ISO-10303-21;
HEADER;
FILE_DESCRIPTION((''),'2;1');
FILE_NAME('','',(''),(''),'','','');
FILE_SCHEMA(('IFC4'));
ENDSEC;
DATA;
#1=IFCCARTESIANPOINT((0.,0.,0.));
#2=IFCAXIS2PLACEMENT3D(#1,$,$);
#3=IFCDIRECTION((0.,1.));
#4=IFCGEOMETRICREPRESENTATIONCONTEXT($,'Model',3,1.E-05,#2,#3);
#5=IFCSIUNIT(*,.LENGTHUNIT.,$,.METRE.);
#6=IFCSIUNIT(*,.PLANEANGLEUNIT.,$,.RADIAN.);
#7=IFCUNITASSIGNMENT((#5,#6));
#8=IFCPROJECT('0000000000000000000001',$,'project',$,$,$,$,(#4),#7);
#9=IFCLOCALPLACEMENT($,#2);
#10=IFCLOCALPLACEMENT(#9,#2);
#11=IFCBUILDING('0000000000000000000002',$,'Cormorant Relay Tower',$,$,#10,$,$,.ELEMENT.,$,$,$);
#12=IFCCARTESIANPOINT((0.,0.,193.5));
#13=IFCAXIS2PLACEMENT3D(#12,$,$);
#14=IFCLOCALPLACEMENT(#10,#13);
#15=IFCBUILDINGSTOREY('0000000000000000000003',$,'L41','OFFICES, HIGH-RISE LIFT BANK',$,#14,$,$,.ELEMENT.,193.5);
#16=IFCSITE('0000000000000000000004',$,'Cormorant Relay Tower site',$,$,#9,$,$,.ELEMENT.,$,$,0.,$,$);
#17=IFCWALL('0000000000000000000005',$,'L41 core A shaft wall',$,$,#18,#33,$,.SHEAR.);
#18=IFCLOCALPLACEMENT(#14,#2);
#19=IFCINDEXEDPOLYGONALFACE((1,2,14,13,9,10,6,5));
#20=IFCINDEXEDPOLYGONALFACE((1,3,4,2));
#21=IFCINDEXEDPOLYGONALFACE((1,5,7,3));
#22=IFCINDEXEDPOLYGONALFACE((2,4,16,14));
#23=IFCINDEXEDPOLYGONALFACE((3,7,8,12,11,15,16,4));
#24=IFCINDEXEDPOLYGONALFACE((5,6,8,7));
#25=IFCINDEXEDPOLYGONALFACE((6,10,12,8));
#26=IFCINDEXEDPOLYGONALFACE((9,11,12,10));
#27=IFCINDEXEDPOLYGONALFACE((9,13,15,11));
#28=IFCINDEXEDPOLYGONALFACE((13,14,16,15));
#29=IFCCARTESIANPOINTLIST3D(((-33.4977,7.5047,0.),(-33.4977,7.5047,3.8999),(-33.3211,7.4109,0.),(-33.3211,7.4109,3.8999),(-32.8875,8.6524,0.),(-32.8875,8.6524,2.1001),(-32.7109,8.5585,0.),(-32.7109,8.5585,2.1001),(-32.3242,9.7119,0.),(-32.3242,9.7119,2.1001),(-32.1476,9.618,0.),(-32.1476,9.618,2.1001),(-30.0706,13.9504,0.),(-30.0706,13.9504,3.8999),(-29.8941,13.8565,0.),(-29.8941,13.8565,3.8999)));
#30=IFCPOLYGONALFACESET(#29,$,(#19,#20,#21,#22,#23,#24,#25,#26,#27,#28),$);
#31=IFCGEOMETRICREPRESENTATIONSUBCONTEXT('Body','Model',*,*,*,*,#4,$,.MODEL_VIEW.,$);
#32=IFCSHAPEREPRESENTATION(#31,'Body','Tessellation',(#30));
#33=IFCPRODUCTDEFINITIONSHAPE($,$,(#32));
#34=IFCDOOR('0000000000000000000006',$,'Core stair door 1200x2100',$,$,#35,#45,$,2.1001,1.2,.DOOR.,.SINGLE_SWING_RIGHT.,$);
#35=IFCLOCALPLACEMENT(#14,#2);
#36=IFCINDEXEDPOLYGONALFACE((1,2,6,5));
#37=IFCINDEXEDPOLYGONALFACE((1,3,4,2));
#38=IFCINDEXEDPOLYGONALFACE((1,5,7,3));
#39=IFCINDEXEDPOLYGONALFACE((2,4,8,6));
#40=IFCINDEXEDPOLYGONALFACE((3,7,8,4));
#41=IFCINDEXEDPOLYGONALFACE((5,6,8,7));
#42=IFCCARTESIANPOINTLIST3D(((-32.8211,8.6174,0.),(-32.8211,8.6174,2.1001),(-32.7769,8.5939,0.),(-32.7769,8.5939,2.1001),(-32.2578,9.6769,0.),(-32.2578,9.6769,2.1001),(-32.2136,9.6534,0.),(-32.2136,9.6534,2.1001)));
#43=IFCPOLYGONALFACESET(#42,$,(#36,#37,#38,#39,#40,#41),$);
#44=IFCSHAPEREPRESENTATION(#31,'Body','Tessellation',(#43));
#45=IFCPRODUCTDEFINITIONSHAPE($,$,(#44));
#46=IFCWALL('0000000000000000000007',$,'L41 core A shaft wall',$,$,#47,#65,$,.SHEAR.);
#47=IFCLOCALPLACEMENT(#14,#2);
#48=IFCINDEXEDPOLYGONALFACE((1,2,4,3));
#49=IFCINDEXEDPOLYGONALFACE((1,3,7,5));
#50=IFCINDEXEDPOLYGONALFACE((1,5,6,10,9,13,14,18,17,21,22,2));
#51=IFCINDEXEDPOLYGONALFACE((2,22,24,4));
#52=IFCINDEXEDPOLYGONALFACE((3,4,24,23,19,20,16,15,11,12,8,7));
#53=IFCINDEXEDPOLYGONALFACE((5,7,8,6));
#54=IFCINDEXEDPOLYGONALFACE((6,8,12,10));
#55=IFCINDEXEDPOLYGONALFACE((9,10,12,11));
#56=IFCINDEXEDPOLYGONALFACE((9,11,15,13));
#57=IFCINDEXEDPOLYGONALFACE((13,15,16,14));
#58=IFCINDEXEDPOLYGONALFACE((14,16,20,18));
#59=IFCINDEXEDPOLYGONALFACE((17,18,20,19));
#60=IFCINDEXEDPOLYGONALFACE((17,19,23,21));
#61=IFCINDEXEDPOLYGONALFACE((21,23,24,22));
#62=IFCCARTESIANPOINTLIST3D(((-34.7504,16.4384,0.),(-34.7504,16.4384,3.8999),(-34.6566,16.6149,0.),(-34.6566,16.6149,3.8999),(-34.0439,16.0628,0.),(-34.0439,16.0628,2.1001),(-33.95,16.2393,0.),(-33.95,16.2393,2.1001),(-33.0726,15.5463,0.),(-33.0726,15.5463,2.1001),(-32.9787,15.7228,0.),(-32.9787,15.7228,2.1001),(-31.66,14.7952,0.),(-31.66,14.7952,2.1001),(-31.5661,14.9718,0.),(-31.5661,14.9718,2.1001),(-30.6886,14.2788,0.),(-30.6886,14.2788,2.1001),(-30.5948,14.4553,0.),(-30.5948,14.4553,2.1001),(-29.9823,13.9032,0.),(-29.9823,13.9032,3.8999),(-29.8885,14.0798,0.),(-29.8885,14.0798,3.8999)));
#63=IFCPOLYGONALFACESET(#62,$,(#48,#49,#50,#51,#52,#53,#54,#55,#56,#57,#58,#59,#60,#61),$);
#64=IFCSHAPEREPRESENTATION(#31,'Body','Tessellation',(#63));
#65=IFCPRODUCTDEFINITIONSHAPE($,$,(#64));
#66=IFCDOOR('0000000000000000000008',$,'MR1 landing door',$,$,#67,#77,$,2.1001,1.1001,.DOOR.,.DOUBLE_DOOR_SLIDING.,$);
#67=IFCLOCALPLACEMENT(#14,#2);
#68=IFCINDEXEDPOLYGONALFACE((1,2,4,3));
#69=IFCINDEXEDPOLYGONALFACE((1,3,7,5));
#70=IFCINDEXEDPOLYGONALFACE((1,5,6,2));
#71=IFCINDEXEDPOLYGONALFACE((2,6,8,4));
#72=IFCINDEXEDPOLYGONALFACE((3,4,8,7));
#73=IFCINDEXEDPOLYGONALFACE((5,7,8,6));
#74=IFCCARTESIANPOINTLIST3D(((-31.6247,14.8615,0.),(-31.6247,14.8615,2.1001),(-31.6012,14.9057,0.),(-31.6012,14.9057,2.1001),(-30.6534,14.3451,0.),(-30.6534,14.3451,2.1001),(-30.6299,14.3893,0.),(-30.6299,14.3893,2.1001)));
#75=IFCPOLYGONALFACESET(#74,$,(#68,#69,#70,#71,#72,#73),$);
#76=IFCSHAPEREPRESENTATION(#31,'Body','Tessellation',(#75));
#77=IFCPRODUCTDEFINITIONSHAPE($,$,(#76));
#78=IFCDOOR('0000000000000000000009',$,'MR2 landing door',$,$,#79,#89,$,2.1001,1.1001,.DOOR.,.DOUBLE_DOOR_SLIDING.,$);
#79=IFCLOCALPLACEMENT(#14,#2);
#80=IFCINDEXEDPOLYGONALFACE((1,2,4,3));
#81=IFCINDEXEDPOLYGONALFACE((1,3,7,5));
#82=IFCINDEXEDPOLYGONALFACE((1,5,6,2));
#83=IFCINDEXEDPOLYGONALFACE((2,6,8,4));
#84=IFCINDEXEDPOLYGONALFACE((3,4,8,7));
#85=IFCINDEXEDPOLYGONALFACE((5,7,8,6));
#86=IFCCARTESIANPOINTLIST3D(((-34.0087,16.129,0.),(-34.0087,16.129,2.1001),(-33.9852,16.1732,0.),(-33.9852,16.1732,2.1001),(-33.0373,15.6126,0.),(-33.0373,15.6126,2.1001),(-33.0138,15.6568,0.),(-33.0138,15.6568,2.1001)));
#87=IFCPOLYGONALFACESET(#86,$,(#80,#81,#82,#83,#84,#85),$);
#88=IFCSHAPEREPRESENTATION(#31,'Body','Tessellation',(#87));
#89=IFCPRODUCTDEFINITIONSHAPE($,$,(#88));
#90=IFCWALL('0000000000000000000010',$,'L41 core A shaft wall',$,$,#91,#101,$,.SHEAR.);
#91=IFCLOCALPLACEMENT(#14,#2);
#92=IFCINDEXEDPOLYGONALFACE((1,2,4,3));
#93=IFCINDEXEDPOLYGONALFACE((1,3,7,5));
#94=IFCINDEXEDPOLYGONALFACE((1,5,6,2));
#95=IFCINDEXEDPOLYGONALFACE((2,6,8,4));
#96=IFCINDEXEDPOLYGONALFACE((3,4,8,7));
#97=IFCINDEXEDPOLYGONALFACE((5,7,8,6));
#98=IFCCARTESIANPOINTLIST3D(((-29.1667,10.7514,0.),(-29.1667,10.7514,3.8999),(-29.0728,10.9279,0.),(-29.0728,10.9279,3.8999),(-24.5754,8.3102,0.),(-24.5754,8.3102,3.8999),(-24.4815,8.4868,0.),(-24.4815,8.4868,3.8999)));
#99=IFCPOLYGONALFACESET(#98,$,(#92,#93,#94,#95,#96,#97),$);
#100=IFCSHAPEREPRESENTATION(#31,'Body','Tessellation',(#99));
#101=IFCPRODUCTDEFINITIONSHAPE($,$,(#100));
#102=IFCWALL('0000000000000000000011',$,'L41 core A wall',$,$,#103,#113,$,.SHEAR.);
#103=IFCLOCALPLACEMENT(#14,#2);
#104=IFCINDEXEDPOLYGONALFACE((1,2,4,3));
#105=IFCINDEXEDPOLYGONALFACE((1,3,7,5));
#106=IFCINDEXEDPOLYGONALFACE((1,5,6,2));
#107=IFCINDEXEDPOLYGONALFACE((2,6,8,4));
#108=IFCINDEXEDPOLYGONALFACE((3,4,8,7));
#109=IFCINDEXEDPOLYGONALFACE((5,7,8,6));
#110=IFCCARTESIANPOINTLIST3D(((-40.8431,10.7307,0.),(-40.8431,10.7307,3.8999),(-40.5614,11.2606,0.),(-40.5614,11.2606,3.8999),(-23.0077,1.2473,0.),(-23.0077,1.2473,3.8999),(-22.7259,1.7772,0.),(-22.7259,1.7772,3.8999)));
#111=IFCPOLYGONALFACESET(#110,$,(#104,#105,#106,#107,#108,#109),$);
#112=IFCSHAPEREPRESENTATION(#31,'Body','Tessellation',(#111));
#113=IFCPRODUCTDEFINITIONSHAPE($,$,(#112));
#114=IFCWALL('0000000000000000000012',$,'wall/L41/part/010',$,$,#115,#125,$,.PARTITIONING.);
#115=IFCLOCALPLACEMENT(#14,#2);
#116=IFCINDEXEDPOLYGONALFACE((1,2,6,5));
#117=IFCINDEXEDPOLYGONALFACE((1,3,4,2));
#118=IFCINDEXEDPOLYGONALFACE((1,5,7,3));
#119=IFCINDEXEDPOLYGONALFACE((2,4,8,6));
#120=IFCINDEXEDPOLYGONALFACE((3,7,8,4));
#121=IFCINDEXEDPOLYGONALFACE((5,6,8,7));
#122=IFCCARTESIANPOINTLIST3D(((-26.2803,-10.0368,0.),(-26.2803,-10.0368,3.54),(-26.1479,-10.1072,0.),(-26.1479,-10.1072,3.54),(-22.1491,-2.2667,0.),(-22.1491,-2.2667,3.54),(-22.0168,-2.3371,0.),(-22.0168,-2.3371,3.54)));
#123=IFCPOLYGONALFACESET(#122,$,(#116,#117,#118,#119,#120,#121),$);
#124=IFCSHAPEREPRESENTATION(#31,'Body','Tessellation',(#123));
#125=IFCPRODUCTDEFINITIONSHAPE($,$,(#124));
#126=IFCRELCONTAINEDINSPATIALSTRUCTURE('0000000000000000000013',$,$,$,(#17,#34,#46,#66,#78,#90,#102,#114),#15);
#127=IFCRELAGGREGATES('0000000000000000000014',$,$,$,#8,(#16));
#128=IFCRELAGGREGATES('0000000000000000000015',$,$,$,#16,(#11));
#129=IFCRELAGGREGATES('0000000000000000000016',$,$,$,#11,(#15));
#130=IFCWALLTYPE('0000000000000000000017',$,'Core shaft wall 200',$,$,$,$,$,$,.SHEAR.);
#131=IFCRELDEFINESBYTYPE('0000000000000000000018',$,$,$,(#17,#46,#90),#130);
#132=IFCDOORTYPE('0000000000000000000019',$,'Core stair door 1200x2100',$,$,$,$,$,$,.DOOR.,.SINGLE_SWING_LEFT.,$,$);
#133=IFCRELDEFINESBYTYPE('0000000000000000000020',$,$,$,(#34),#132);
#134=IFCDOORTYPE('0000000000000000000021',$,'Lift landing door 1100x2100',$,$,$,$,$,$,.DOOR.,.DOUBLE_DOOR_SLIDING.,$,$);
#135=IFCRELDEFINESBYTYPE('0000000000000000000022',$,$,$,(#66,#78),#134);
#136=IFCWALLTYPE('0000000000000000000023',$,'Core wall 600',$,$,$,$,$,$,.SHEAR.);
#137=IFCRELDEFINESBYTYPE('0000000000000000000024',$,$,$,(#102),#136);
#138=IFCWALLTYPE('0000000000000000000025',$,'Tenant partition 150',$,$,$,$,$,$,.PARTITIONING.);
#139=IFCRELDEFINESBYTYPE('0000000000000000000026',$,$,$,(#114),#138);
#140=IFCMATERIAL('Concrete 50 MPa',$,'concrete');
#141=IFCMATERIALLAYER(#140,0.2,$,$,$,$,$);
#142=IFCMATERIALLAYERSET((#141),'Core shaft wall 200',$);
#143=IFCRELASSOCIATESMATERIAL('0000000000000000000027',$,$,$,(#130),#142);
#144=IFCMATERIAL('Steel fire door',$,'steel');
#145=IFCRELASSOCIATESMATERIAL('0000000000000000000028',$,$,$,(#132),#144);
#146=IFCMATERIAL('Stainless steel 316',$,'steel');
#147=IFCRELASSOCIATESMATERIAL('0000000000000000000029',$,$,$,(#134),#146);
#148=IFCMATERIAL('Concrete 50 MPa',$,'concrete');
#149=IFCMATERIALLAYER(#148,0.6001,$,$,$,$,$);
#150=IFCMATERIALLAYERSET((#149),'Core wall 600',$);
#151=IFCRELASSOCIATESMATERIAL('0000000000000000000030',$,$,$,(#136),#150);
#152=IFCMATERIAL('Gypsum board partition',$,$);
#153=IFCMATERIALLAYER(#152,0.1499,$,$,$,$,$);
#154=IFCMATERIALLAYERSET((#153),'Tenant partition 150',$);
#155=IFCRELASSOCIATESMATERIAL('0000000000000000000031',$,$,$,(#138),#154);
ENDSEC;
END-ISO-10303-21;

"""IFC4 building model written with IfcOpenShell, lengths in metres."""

from ifc_helpers import new_model, si_unit, direction, frame, frame_2d, origin, place, context, subcontext, project, spatial, rectangle, extrude, material, layer, layer_set, type_object, element, fill, save


model = new_model("IFC4")

# Units and contexts
model_context = context("Model", 3, precision=1e-05, world=origin(), true_north=direction((0.0, 1.0)))
body_context = subcontext(model_context, "Body", "Model", "MODEL_VIEW")
ifc_project = project(units=[si_unit("LENGTHUNIT", "METRE"), si_unit("PLANEANGLEUNIT", "RADIAN")], contexts=[model_context])

# Site, building, storey
site_placement = place(None, origin())
site = spatial("IfcSite", under=ifc_project, at=site_placement, Name="Cormorant Relay Tower site", CompositionType="ELEMENT", RefElevation=0.0)
building_placement = place(site_placement, origin())
building = spatial("IfcBuilding", under=site, at=building_placement, Name="Cormorant Relay Tower", CompositionType="ELEMENT")
storey_placement = place(building_placement, frame((0.0, 0.0, 193.5)))
storey = spatial("IfcBuildingStorey", under=building, at=storey_placement, Name="L41", Description="OFFICES, HIGH-RISE LIFT BANK", CompositionType="ELEMENT", Elevation=193.5)

# Shared definitions
ifc_material_1 = material(Name="Concrete 50 MPa", Category="concrete")
ifc_layer_1 = layer(ifc_material_1, 0.2)
ifc_layer_set_1 = layer_set([ifc_layer_1], Name="Core shaft wall 200")
wall_type_1 = type_object("IfcWallType", Name="Core shaft wall 200", PredefinedType="SHEAR", material=ifc_layer_set_1)

# Wall, opening, door
wall_1_placement = place(storey_placement, frame((-29.9824, 13.9033, 0.0), z_axis=(0.0, 0.0, 1.0), x_axis=(-0.469454, -0.882957, 0.0)))
wall_1 = element("IfcWall", 1, at=wall_1_placement, inside=storey, type_object=wall_type_1, Name="L41 core A shaft wall", PredefinedType="SHEAR", context=body_context, shape_type="SweptSolid", body=[
    extrude(rectangle(XDim=7.3, YDim=0.2, at=frame_2d((3.6499, 0.0))), origin(), (0.0, 0.0, 1.0), 3.8999),
])
opening_1_placement = place(wall_1_placement, frame((4.8, 0.0, 0.0)))
opening_1 = element("IfcOpeningElement", 2, at=opening_1_placement, cuts=wall_1, PredefinedType="OPENING", context=body_context, shape_type="SweptSolid", body=[
    extrude(rectangle(XDim=1.2, YDim=2.1001, at=frame_2d((0.6001, 1.05))), frame((0.0, 0.1099, 0.0), z_axis=(0.0, -1.0, 0.0), x_axis=(1.0, 0.0, 0.0)), (0.0, 0.0, 1.0), 0.22),
])
ifc_material_2 = material(Name="Steel fire door", Category="steel")
door_type_1 = type_object("IfcDoorType", Name="Core stair door 1200x2100", OperationType="SINGLE_SWING_LEFT", PredefinedType="DOOR", material=ifc_material_2)
door_1_placement = place(opening_1_placement, frame((1.2, 0.0, 0.0), z_axis=(0.0, 0.0, 1.0), x_axis=(-1.0, 0.0, 0.0)))
door_1 = element("IfcDoor", 3, at=door_1_placement, inside=storey, type_object=door_type_1, Name="Core stair door 1200x2100", OperationType="SINGLE_SWING_RIGHT", OverallHeight=2.1001, OverallWidth=1.2, PredefinedType="DOOR", context=body_context, shape_type="SweptSolid", body=[
    extrude(rectangle(XDim=1.2, YDim=2.1001, at=frame_2d((0.6001, 1.05))), frame((0.0, 0.0249, 0.0), z_axis=(0.0, -1.0, 0.0), x_axis=(1.0, 0.0, 0.0)), (0.0, 0.0, 1.0), 0.05),
])
fill(opening_1, door_1)

# Wall, openings, doors
wall_2_placement = place(storey_placement, frame((-29.9353, 13.9915, 0.0), z_axis=(0.0, 0.0, 1.0), x_axis=(-0.882953, 0.469462, 0.0)))
wall_2 = element("IfcWall", 4, at=wall_2_placement, inside=storey, type_object=wall_type_1, Name="L41 core A shaft wall", PredefinedType="SHEAR", context=body_context, shape_type="SweptSolid", body=[
    extrude(rectangle(XDim=5.4001, YDim=0.2, at=frame_2d((2.7002, 0.0))), origin(), (0.0, 0.0, 1.0), 3.8999),
])
opening_2_placement = place(wall_2_placement, frame((0.8, 0.0, 0.0)))
opening_2 = element("IfcOpeningElement", 5, at=opening_2_placement, cuts=wall_2, PredefinedType="OPENING", context=body_context, shape_type="SweptSolid", body=[
    extrude(rectangle(XDim=1.1001, YDim=2.1001, at=frame_2d((0.55, 1.05))), frame((0.0, 0.1099, 0.0), z_axis=(0.0, -1.0, 0.0), x_axis=(1.0, 0.0, 0.0)), (0.0, 0.0, 1.0), 0.22),
])
opening_3_placement = place(wall_2_placement, frame((3.5, 0.0, 0.0)))
opening_3 = element("IfcOpeningElement", 6, at=opening_3_placement, cuts=wall_2, PredefinedType="OPENING", context=body_context, shape_type="SweptSolid", body=[
    extrude(rectangle(XDim=1.1001, YDim=2.1001, at=frame_2d((0.55, 1.05))), frame((0.0, 0.1099, 0.0), z_axis=(0.0, -1.0, 0.0), x_axis=(1.0, 0.0, 0.0)), (0.0, 0.0, 1.0), 0.22),
])
ifc_material_3 = material(Name="Stainless steel 316", Category="steel")
door_type_2 = type_object("IfcDoorType", Name="Lift landing door 1100x2100", OperationType="DOUBLE_DOOR_SLIDING", PredefinedType="DOOR", material=ifc_material_3)
door_2_placement = place(opening_2_placement, origin())
door_2 = element("IfcDoor", 7, at=door_2_placement, inside=storey, type_object=door_type_2, Name="MR1 landing door", OperationType="DOUBLE_DOOR_SLIDING", OverallHeight=2.1001, OverallWidth=1.1001, PredefinedType="DOOR", context=body_context, shape_type="SweptSolid", body=[
    extrude(rectangle(XDim=1.1001, YDim=2.1001, at=frame_2d((0.55, 1.05))), frame((0.0, 0.0249, 0.0), z_axis=(0.0, -1.0, 0.0), x_axis=(1.0, 0.0, 0.0)), (0.0, 0.0, 1.0), 0.05),
])
fill(opening_2, door_2)
door_3_placement = place(opening_3_placement, origin())
door_3 = element("IfcDoor", 8, at=door_3_placement, inside=storey, type_object=door_type_2, Name="MR2 landing door", OperationType="DOUBLE_DOOR_SLIDING", OverallHeight=2.1001, OverallWidth=1.1001, PredefinedType="DOOR", context=body_context, shape_type="SweptSolid", body=[
    extrude(rectangle(XDim=1.1001, YDim=2.1001, at=frame_2d((0.55, 1.05))), frame((0.0, 0.0249, 0.0), z_axis=(0.0, -1.0, 0.0), x_axis=(1.0, 0.0, 0.0)), (0.0, 0.0, 1.0), 0.05),
])
fill(opening_3, door_3)

# Walls
wall_3_placement = place(storey_placement, frame((-24.5283, 8.3984, 0.0), z_axis=(0.0, 0.0, 1.0), x_axis=(-0.882954, 0.46946, 0.0)))
element("IfcWall", 9, at=wall_3_placement, inside=storey, type_object=wall_type_1, Name="L41 core A shaft wall", PredefinedType="SHEAR", context=body_context, shape_type="SweptSolid", body=[
    extrude(rectangle(XDim=5.2, YDim=0.2, at=frame_2d((2.6001, 0.0))), origin(), (0.0, 0.0, 1.0), 3.8999),
])
ifc_material_4 = material(Name="Concrete 50 MPa", Category="concrete")
ifc_layer_2 = layer(ifc_material_4, 0.6001)
ifc_layer_set_2 = layer_set([ifc_layer_2], Name="Core wall 600")
wall_type_2 = type_object("IfcWallType", Name="Core wall 600", PredefinedType="SHEAR", material=ifc_layer_set_2)
wall_4_placement = place(storey_placement, frame((-22.8667, 1.5122, 0.0), z_axis=(0.0, 0.0, 1.0), x_axis=(-0.882945, 0.469476, 0.0)))
element("IfcWall", 10, at=wall_4_placement, inside=storey, type_object=wall_type_2, Name="L41 core A wall", PredefinedType="SHEAR", context=body_context, shape_type="SweptSolid", body=[
    extrude(rectangle(XDim=20.2, YDim=0.6001, at=frame_2d((10.1001, 0.0))), origin(), (0.0, 0.0, 1.0), 3.8999),
])
ifc_material_5 = material(Name="Gypsum board partition")
ifc_layer_3 = layer(ifc_material_5, 0.1499)
ifc_layer_set_3 = layer_set([ifc_layer_3], Name="Tenant partition 150")
wall_type_3 = type_object("IfcWallType", Name="Tenant partition 150", PredefinedType="PARTITIONING", material=ifc_layer_set_3)
wall_5_placement = place(storey_placement, frame((-22.083, -2.302, 0.0), z_axis=(0.0, 0.0, 1.0), x_axis=(-0.469446, -0.882961, 0.0)))
element("IfcWall", 11, at=wall_5_placement, inside=storey, type_object=wall_type_3, Name="wall/L41/part/010", PredefinedType="PARTITIONING", context=body_context, shape_type="SweptSolid", body=[
    extrude(rectangle(XDim=8.8, YDim=0.1499, at=frame_2d((4.3999, 0.0))), origin(), (0.0, 0.0, 1.0), 3.54),
])

save(model, "model.ifc")
